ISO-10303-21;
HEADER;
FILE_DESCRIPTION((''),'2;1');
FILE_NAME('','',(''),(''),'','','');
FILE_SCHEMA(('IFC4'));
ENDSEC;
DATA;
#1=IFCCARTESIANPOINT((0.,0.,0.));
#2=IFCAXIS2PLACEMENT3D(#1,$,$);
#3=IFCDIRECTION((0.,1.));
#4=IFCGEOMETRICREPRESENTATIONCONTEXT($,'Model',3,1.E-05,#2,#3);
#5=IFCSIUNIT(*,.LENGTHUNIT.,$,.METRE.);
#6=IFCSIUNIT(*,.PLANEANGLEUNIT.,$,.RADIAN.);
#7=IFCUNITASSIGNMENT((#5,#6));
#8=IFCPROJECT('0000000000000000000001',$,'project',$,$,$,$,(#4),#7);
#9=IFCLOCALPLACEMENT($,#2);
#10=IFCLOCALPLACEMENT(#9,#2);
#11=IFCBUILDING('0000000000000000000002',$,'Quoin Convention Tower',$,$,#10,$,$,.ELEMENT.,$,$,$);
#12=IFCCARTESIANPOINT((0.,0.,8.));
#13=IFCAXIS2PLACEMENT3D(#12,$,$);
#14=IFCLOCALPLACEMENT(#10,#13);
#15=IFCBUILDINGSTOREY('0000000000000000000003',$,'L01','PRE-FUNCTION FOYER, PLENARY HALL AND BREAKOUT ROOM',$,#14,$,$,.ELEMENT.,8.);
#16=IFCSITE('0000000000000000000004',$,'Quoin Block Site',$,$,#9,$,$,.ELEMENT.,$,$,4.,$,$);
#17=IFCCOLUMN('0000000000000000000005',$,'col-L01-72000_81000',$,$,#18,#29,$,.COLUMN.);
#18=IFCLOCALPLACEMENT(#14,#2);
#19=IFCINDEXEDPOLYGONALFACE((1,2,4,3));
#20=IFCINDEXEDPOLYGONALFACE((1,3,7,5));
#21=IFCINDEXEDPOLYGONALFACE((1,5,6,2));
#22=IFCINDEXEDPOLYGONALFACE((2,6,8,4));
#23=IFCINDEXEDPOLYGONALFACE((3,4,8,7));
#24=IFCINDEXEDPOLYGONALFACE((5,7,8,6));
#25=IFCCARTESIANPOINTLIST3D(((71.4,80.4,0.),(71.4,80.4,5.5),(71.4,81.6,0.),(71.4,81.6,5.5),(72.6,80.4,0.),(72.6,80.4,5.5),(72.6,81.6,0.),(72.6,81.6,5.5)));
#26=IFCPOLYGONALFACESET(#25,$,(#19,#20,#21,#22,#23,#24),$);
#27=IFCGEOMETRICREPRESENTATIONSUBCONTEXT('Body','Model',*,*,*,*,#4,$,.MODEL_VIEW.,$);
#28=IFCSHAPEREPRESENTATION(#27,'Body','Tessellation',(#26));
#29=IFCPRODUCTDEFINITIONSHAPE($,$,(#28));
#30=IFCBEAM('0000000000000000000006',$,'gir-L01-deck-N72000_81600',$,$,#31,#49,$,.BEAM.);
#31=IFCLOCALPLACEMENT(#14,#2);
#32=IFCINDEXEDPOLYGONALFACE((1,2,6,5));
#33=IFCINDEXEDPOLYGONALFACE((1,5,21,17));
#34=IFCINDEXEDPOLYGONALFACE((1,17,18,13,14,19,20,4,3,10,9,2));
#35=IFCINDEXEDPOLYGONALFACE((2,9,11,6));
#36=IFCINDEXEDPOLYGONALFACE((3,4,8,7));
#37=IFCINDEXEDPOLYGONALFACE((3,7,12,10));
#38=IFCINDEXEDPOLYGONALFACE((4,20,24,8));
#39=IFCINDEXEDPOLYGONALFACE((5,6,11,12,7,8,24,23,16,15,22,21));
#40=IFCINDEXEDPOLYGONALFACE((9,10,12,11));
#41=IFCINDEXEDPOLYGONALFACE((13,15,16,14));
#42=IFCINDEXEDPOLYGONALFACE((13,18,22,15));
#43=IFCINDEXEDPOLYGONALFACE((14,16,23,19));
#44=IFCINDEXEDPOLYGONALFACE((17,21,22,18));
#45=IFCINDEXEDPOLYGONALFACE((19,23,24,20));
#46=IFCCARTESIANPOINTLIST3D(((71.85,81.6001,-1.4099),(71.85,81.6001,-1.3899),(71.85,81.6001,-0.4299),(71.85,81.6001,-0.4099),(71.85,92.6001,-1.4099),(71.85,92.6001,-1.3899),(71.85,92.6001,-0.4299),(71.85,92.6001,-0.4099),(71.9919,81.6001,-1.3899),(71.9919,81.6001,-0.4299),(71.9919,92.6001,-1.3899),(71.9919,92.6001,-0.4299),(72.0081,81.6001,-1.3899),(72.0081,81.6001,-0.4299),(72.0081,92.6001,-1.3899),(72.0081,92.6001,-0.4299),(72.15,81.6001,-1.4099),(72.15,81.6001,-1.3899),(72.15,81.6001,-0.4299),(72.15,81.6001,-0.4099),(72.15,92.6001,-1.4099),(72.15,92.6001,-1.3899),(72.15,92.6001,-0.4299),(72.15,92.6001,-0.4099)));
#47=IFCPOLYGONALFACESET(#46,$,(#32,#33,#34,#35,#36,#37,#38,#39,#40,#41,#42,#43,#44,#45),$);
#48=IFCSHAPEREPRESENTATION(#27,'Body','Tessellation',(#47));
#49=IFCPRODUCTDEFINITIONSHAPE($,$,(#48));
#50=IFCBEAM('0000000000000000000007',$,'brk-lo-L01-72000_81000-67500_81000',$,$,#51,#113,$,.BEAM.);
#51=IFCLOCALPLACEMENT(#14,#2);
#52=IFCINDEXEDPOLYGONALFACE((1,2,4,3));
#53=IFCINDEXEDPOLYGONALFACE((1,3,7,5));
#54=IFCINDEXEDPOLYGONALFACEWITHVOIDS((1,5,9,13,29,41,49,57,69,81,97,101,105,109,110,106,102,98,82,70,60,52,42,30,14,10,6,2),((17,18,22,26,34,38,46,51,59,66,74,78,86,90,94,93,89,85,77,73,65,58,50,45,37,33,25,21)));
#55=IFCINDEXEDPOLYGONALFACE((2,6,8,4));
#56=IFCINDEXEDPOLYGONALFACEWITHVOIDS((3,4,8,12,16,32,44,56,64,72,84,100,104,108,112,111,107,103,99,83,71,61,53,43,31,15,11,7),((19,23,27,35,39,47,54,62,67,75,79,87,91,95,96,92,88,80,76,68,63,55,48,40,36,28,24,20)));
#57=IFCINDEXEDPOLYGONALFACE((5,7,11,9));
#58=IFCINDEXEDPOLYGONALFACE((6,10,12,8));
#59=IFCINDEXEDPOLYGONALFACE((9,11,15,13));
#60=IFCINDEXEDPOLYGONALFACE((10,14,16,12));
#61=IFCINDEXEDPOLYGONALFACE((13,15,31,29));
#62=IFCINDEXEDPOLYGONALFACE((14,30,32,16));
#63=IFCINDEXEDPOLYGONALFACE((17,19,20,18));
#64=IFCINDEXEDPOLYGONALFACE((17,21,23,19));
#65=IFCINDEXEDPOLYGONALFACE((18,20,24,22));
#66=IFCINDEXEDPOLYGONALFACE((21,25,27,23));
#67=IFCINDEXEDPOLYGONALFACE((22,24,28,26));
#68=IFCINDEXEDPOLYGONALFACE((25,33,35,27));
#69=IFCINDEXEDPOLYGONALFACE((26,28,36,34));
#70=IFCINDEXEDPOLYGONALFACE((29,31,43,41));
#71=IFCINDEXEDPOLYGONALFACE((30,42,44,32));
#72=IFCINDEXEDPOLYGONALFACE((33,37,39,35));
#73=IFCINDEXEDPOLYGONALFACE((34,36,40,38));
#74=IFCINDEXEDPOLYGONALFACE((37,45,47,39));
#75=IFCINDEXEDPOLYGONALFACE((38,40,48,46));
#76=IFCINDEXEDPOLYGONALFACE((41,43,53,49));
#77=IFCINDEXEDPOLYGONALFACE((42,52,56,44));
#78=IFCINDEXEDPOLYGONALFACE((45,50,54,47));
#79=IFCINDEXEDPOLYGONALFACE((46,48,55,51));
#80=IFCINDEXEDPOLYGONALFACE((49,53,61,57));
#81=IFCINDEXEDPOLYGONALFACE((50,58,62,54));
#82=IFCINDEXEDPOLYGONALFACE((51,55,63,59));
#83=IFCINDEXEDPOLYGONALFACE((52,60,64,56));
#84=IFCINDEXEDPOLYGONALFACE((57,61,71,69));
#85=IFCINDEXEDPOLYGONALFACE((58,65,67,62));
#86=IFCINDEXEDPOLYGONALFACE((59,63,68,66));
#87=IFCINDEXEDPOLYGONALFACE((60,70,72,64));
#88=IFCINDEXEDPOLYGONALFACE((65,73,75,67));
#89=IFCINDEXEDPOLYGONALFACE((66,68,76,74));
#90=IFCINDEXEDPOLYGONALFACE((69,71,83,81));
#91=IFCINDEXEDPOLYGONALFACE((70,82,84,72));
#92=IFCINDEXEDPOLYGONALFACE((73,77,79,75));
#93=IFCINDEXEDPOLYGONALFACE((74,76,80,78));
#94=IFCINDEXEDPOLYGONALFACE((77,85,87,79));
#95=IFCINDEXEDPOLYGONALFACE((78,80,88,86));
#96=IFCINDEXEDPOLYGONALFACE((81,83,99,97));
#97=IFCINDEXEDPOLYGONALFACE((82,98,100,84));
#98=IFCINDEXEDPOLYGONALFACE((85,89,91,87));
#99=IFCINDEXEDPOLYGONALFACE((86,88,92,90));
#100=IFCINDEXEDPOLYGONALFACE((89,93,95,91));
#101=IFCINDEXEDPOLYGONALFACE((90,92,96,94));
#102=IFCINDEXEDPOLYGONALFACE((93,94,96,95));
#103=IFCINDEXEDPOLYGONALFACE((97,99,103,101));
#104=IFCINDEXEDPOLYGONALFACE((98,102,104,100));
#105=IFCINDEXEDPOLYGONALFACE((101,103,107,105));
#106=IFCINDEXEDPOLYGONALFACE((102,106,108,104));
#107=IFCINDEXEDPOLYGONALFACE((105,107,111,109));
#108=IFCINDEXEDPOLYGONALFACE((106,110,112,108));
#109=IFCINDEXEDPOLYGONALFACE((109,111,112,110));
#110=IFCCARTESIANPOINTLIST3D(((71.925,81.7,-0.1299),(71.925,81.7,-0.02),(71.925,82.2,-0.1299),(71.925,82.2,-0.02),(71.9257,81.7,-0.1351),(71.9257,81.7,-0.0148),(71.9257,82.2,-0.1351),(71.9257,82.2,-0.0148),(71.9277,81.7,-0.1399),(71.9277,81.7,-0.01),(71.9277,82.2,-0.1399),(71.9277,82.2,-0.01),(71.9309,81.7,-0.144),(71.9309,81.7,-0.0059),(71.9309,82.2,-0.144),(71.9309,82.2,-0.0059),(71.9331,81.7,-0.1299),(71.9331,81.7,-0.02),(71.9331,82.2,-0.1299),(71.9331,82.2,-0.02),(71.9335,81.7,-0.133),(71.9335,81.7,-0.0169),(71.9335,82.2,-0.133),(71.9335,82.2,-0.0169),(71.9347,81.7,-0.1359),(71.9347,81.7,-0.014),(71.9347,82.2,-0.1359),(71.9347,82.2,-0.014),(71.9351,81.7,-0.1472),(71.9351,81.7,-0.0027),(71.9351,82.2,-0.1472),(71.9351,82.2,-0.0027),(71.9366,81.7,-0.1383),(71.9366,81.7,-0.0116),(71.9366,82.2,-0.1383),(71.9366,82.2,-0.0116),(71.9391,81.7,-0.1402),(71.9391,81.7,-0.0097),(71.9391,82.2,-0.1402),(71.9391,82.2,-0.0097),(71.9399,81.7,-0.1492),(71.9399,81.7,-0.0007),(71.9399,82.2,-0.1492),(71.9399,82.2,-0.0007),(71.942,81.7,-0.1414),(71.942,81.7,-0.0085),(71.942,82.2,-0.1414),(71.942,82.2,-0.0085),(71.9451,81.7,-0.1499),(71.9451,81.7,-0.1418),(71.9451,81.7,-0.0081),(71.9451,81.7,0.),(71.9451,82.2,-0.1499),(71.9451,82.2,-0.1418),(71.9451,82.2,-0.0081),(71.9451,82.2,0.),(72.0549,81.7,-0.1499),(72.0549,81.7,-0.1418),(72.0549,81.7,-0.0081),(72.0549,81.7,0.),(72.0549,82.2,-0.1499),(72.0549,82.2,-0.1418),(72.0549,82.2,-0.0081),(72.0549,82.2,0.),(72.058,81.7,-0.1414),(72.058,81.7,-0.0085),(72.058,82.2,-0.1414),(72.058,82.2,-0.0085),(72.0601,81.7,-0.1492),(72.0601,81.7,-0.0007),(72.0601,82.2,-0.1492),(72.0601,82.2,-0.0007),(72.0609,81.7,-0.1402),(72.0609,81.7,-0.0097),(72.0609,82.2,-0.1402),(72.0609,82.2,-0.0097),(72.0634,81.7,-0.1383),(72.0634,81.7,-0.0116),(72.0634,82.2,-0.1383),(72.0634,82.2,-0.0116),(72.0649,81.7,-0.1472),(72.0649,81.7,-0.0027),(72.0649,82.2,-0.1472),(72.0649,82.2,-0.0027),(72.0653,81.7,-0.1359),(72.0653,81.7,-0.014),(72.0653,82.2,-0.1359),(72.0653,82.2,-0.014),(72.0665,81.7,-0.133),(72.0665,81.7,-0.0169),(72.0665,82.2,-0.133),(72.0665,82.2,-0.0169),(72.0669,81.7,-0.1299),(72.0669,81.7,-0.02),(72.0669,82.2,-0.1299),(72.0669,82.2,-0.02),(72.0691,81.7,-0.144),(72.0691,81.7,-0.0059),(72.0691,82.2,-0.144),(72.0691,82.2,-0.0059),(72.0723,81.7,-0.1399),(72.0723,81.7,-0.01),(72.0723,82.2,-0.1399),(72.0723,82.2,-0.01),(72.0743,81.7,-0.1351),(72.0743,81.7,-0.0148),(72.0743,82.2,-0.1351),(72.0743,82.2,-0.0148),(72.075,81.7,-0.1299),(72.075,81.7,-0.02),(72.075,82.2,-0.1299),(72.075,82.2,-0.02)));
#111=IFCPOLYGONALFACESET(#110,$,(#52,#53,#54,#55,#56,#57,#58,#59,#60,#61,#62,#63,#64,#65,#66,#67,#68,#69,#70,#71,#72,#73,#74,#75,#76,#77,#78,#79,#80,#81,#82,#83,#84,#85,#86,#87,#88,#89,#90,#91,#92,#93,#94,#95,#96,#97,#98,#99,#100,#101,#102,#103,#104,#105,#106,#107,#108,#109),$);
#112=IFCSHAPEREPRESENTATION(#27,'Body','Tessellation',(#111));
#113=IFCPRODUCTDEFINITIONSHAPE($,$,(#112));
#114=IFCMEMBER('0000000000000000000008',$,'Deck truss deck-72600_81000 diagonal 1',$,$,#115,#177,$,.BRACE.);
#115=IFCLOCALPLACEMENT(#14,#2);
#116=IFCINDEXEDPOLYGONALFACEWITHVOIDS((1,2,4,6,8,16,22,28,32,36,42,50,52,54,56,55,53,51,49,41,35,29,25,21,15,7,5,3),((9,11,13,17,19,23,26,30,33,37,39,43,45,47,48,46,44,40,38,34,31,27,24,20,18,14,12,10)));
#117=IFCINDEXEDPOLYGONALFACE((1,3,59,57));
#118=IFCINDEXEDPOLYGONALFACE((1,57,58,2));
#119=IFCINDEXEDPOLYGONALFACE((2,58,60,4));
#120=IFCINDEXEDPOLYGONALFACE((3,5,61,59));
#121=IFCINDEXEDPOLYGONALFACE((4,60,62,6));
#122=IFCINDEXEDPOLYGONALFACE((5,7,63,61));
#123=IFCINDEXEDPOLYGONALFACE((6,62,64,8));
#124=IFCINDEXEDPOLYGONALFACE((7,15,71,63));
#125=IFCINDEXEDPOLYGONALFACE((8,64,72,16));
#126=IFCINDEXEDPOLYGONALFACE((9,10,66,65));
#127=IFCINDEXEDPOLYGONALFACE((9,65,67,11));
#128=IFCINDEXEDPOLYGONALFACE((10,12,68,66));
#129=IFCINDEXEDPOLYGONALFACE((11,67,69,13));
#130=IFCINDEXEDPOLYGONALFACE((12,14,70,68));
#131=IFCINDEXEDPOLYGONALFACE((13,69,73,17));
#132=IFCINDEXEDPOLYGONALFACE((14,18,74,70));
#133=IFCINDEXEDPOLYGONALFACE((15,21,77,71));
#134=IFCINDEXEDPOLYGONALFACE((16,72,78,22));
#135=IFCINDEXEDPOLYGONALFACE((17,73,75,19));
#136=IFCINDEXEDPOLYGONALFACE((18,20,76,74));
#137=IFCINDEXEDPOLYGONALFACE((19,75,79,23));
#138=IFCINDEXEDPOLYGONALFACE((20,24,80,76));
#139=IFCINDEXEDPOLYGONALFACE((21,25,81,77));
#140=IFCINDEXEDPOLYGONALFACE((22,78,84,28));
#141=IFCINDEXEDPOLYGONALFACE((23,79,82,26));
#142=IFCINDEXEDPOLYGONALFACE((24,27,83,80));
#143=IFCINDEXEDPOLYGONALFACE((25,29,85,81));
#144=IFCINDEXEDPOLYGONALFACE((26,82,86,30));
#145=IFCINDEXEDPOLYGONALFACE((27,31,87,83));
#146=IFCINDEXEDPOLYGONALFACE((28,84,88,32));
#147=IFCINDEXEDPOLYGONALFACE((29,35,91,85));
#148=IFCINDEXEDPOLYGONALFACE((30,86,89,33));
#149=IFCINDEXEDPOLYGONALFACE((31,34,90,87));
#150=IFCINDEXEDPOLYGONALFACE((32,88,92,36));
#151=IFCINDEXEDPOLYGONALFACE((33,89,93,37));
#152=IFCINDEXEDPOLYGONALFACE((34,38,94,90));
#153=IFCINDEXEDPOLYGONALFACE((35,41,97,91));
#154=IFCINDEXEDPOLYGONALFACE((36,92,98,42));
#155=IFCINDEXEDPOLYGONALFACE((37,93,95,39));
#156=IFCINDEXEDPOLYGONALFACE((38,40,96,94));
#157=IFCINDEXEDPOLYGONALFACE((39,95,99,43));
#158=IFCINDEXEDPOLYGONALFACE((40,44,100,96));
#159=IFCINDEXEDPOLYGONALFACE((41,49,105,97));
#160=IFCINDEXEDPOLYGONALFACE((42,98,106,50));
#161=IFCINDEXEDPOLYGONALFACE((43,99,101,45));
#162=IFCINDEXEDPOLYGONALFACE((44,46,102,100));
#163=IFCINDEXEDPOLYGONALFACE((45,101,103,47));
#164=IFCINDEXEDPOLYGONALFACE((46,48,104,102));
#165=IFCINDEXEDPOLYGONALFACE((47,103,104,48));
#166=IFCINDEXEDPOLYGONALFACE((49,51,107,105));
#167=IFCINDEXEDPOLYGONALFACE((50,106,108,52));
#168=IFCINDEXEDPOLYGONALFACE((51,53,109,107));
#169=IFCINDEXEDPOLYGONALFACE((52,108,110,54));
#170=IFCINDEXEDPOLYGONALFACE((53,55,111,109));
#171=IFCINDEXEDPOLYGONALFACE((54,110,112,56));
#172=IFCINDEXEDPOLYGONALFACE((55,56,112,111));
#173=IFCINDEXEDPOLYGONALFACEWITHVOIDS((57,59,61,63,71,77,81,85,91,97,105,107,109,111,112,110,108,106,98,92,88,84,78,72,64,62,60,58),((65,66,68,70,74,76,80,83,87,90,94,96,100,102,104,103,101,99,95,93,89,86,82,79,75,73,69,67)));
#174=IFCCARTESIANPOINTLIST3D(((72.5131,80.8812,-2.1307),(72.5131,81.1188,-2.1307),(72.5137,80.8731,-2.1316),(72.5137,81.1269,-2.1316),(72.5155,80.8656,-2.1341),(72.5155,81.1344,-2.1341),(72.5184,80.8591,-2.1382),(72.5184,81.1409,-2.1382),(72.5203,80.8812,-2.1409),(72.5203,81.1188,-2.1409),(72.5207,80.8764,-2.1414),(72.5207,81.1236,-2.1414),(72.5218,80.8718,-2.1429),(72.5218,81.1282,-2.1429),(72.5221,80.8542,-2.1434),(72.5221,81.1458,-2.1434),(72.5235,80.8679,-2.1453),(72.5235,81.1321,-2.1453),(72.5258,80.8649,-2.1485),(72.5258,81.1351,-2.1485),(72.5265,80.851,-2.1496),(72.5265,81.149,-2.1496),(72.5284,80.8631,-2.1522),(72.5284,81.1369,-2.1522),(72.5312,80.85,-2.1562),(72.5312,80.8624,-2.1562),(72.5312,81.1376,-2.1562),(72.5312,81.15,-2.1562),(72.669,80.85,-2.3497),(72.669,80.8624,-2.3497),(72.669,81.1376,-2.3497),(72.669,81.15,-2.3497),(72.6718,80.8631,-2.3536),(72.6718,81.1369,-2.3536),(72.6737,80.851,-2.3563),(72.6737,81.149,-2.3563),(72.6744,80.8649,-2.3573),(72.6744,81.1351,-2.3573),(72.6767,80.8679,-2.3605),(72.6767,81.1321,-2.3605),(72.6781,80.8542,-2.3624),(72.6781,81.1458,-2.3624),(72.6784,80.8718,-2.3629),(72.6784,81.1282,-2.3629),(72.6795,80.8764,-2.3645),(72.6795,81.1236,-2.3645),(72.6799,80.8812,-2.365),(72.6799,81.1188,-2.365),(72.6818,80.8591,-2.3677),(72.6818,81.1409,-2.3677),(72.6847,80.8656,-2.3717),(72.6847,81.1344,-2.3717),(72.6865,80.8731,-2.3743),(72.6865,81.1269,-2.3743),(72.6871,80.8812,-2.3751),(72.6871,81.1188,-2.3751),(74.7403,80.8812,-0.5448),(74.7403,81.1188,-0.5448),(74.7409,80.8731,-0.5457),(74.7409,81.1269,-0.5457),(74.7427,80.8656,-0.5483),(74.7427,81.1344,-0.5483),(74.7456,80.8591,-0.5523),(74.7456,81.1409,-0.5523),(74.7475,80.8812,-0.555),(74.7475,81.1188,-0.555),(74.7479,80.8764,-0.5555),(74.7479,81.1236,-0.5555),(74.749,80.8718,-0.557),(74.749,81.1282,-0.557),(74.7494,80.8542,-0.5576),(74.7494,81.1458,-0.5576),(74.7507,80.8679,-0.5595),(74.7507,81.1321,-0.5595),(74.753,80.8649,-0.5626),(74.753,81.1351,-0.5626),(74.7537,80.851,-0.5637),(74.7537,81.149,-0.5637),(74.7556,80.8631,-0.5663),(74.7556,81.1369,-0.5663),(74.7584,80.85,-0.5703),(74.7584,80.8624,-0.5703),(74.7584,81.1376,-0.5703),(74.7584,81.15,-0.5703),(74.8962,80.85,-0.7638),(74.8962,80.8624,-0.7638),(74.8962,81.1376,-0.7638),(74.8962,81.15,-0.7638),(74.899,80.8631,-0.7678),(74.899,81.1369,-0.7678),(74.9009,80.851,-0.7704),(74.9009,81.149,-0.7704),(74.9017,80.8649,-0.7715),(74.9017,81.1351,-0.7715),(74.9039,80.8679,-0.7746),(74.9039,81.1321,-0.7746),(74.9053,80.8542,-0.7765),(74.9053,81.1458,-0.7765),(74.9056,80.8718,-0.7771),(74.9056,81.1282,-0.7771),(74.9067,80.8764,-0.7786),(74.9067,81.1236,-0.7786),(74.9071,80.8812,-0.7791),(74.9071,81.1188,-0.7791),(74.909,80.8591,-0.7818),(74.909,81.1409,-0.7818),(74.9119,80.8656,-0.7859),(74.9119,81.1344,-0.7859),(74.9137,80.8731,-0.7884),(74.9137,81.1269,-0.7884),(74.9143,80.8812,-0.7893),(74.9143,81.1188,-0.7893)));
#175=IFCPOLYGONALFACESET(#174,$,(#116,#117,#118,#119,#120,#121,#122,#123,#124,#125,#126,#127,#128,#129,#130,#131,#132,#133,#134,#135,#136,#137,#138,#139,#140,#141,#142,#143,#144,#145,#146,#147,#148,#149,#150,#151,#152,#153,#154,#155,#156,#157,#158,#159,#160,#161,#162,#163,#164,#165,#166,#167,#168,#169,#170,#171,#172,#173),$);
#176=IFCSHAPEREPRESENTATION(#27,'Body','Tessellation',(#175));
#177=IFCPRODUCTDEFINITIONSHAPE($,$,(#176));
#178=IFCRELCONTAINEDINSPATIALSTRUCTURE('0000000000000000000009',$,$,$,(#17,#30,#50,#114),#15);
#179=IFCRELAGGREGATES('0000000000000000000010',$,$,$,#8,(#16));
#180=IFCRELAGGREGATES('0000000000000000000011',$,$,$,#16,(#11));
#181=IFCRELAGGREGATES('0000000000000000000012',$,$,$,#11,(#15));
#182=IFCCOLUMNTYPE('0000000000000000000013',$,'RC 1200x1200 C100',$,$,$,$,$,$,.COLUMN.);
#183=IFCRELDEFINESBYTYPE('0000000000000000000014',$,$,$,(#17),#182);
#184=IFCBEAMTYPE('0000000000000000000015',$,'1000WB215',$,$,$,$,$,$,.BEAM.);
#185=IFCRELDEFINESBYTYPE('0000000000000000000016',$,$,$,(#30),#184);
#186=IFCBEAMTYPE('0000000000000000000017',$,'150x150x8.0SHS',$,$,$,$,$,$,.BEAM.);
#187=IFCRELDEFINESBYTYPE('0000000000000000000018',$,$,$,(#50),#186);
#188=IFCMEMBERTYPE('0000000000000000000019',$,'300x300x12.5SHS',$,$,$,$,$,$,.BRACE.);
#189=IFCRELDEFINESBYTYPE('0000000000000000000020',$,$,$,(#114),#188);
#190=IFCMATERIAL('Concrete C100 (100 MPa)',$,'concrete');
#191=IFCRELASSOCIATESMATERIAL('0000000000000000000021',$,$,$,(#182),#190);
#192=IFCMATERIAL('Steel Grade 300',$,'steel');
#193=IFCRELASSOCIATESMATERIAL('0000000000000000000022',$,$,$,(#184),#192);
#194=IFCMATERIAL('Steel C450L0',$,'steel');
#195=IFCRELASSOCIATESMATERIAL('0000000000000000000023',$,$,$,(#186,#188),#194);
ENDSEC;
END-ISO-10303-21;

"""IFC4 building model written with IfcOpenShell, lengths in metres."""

from ifc_helpers import new_model, si_unit, direction, frame, origin, origin_2d, place, context, subcontext, project, spatial, rectangle, hollow_rectangle, i_section, extrude, material, material_profile, profile_set, type_object, element, save


model = new_model("IFC4")

# Units and contexts
model_context = context("Model", 3, precision=1e-05, world=origin(), true_north=direction((0.0, 1.0)))
body_context = subcontext(model_context, "Body", "Model", "MODEL_VIEW")
ifc_project = project(units=[si_unit("LENGTHUNIT", "METRE"), si_unit("PLANEANGLEUNIT", "RADIAN")], contexts=[model_context])

# Site, building, storey
site_placement = place(None, origin())
site = spatial("IfcSite", under=ifc_project, at=site_placement, Name="Quoin Block Site", CompositionType="ELEMENT", RefElevation=4.0)
building_placement = place(site_placement, origin())
building = spatial("IfcBuilding", under=site, at=building_placement, Name="Quoin Convention Tower", CompositionType="ELEMENT")
storey_placement = place(building_placement, frame((0.0, 0.0, 8.0)))
storey = spatial("IfcBuildingStorey", under=building, at=storey_placement, Name="L01", Description="PRE-FUNCTION FOYER, PLENARY HALL AND BREAKOUT ROOM", CompositionType="ELEMENT", Elevation=8.0)

# Column
ifc_material_1 = material(Name="Concrete C100 (100 MPa)", Category="concrete")
ifc_material_profile_1 = material_profile(ifc_material_1, rectangle(XDim=1.2, YDim=1.2, at=origin_2d()), Name="RC 1200x1200")
ifc_profile_set_1 = profile_set([ifc_material_profile_1], Name="Concrete C100 (100 MPa)")
column_type = type_object("IfcColumnType", Name="RC 1200x1200 C100", PredefinedType="COLUMN", material=ifc_profile_set_1)
column_placement = place(storey_placement, frame((72.0, 81.0, 0.0), z_axis=(0.0, 0.0, 1.0), x_axis=(1.0, 0.0, 0.0)))
element("IfcColumn", 1, at=column_placement, inside=storey, type_object=column_type, Name="col-L01-72000_81000", PredefinedType="COLUMN", context=body_context, shape_type="SweptSolid", body=[
    extrude(rectangle(XDim=1.2, YDim=1.2, at=origin_2d()), origin(), (0.0, 0.0, 1.0), 5.5),
])

# Beams
ifc_material_2 = material(Name="Steel Grade 300", Category="steel")
ifc_material_profile_2 = material_profile(ifc_material_2, i_section(OverallWidth=0.3, OverallDepth=1.0, WebThickness=0.0161, FlangeThickness=0.02, at=origin_2d()), Name="1000WB215")
ifc_profile_set_2 = profile_set([ifc_material_profile_2], Name="Steel Grade 300")
beam_type_1 = type_object("IfcBeamType", Name="1000WB215", PredefinedType="BEAM", material=ifc_profile_set_2)
beam_1_placement = place(storey_placement, frame((72.0, 81.6001, -0.9099), z_axis=(0.0, 1.0, 0.0), x_axis=(-1.0, 0.0, 0.0)))
element("IfcBeam", 2, at=beam_1_placement, inside=storey, type_object=beam_type_1, Name="gir-L01-deck-N72000_81600", PredefinedType="BEAM", context=body_context, shape_type="SweptSolid", body=[
    extrude(i_section(OverallWidth=0.3, OverallDepth=1.0, WebThickness=0.0161, FlangeThickness=0.02, at=origin_2d()), origin(), (0.0, 0.0, 1.0), 11.0),
])
ifc_material_3 = material(Name="Steel C450L0", Category="steel")
ifc_material_profile_3 = material_profile(ifc_material_3, hollow_rectangle(XDim=0.1499, YDim=0.1499, WallThickness=0.0081, InnerFilletRadius=0.012, OuterFilletRadius=0.02, at=origin_2d()), Name="150x150x8.0SHS")
ifc_profile_set_3 = profile_set([ifc_material_profile_3], Name="Steel C450L0")
beam_type_2 = type_object("IfcBeamType", Name="150x150x8.0SHS", PredefinedType="BEAM", material=ifc_profile_set_3)
beam_2_placement = place(storey_placement, frame((72.0, 81.7, -0.075), z_axis=(0.0, 1.0, 0.0), x_axis=(-1.0, 0.0, 0.0)))
element("IfcBeam", 3, at=beam_2_placement, inside=storey, type_object=beam_type_2, Name="brk-lo-L01-72000_81000-67500_81000", PredefinedType="BEAM", context=body_context, shape_type="SweptSolid", body=[
    extrude(hollow_rectangle(XDim=0.1499, YDim=0.1499, WallThickness=0.0081, InnerFilletRadius=0.012, OuterFilletRadius=0.02, at=origin_2d()), origin(), (0.0, 0.0, 1.0), 0.5),
])

# Member
ifc_material_profile_4 = material_profile(ifc_material_3, hollow_rectangle(XDim=0.3, YDim=0.3, WallThickness=0.0125, InnerFilletRadius=0.0188, OuterFilletRadius=0.0312, at=origin_2d()), Name="300x300x12.5SHS")
ifc_profile_set_4 = profile_set([ifc_material_profile_4], Name="Steel C450L0")
member_type_1 = type_object("IfcMemberType", Name="300x300x12.5SHS", PredefinedType="BRACE", material=ifc_profile_set_4)
member_1_placement = place(storey_placement, frame((72.6001, 81.0, -2.2529), z_axis=(0.814595, 0.0, 0.58003), x_axis=(0.0, 1.0, 0.0)))
element("IfcMember", 4, at=member_1_placement, inside=storey, type_object=member_type_1, Name="Deck truss deck-72600_81000 diagonal 1", PredefinedType="BRACE", context=body_context, shape_type="SweptSolid", body=[
    extrude(hollow_rectangle(XDim=0.3, YDim=0.3, WallThickness=0.0125, InnerFilletRadius=0.0188, OuterFilletRadius=0.0312, at=origin_2d()), origin(), (0.0, 0.0, 1.0), 2.7341),
])

save(model, "model.ifc")
